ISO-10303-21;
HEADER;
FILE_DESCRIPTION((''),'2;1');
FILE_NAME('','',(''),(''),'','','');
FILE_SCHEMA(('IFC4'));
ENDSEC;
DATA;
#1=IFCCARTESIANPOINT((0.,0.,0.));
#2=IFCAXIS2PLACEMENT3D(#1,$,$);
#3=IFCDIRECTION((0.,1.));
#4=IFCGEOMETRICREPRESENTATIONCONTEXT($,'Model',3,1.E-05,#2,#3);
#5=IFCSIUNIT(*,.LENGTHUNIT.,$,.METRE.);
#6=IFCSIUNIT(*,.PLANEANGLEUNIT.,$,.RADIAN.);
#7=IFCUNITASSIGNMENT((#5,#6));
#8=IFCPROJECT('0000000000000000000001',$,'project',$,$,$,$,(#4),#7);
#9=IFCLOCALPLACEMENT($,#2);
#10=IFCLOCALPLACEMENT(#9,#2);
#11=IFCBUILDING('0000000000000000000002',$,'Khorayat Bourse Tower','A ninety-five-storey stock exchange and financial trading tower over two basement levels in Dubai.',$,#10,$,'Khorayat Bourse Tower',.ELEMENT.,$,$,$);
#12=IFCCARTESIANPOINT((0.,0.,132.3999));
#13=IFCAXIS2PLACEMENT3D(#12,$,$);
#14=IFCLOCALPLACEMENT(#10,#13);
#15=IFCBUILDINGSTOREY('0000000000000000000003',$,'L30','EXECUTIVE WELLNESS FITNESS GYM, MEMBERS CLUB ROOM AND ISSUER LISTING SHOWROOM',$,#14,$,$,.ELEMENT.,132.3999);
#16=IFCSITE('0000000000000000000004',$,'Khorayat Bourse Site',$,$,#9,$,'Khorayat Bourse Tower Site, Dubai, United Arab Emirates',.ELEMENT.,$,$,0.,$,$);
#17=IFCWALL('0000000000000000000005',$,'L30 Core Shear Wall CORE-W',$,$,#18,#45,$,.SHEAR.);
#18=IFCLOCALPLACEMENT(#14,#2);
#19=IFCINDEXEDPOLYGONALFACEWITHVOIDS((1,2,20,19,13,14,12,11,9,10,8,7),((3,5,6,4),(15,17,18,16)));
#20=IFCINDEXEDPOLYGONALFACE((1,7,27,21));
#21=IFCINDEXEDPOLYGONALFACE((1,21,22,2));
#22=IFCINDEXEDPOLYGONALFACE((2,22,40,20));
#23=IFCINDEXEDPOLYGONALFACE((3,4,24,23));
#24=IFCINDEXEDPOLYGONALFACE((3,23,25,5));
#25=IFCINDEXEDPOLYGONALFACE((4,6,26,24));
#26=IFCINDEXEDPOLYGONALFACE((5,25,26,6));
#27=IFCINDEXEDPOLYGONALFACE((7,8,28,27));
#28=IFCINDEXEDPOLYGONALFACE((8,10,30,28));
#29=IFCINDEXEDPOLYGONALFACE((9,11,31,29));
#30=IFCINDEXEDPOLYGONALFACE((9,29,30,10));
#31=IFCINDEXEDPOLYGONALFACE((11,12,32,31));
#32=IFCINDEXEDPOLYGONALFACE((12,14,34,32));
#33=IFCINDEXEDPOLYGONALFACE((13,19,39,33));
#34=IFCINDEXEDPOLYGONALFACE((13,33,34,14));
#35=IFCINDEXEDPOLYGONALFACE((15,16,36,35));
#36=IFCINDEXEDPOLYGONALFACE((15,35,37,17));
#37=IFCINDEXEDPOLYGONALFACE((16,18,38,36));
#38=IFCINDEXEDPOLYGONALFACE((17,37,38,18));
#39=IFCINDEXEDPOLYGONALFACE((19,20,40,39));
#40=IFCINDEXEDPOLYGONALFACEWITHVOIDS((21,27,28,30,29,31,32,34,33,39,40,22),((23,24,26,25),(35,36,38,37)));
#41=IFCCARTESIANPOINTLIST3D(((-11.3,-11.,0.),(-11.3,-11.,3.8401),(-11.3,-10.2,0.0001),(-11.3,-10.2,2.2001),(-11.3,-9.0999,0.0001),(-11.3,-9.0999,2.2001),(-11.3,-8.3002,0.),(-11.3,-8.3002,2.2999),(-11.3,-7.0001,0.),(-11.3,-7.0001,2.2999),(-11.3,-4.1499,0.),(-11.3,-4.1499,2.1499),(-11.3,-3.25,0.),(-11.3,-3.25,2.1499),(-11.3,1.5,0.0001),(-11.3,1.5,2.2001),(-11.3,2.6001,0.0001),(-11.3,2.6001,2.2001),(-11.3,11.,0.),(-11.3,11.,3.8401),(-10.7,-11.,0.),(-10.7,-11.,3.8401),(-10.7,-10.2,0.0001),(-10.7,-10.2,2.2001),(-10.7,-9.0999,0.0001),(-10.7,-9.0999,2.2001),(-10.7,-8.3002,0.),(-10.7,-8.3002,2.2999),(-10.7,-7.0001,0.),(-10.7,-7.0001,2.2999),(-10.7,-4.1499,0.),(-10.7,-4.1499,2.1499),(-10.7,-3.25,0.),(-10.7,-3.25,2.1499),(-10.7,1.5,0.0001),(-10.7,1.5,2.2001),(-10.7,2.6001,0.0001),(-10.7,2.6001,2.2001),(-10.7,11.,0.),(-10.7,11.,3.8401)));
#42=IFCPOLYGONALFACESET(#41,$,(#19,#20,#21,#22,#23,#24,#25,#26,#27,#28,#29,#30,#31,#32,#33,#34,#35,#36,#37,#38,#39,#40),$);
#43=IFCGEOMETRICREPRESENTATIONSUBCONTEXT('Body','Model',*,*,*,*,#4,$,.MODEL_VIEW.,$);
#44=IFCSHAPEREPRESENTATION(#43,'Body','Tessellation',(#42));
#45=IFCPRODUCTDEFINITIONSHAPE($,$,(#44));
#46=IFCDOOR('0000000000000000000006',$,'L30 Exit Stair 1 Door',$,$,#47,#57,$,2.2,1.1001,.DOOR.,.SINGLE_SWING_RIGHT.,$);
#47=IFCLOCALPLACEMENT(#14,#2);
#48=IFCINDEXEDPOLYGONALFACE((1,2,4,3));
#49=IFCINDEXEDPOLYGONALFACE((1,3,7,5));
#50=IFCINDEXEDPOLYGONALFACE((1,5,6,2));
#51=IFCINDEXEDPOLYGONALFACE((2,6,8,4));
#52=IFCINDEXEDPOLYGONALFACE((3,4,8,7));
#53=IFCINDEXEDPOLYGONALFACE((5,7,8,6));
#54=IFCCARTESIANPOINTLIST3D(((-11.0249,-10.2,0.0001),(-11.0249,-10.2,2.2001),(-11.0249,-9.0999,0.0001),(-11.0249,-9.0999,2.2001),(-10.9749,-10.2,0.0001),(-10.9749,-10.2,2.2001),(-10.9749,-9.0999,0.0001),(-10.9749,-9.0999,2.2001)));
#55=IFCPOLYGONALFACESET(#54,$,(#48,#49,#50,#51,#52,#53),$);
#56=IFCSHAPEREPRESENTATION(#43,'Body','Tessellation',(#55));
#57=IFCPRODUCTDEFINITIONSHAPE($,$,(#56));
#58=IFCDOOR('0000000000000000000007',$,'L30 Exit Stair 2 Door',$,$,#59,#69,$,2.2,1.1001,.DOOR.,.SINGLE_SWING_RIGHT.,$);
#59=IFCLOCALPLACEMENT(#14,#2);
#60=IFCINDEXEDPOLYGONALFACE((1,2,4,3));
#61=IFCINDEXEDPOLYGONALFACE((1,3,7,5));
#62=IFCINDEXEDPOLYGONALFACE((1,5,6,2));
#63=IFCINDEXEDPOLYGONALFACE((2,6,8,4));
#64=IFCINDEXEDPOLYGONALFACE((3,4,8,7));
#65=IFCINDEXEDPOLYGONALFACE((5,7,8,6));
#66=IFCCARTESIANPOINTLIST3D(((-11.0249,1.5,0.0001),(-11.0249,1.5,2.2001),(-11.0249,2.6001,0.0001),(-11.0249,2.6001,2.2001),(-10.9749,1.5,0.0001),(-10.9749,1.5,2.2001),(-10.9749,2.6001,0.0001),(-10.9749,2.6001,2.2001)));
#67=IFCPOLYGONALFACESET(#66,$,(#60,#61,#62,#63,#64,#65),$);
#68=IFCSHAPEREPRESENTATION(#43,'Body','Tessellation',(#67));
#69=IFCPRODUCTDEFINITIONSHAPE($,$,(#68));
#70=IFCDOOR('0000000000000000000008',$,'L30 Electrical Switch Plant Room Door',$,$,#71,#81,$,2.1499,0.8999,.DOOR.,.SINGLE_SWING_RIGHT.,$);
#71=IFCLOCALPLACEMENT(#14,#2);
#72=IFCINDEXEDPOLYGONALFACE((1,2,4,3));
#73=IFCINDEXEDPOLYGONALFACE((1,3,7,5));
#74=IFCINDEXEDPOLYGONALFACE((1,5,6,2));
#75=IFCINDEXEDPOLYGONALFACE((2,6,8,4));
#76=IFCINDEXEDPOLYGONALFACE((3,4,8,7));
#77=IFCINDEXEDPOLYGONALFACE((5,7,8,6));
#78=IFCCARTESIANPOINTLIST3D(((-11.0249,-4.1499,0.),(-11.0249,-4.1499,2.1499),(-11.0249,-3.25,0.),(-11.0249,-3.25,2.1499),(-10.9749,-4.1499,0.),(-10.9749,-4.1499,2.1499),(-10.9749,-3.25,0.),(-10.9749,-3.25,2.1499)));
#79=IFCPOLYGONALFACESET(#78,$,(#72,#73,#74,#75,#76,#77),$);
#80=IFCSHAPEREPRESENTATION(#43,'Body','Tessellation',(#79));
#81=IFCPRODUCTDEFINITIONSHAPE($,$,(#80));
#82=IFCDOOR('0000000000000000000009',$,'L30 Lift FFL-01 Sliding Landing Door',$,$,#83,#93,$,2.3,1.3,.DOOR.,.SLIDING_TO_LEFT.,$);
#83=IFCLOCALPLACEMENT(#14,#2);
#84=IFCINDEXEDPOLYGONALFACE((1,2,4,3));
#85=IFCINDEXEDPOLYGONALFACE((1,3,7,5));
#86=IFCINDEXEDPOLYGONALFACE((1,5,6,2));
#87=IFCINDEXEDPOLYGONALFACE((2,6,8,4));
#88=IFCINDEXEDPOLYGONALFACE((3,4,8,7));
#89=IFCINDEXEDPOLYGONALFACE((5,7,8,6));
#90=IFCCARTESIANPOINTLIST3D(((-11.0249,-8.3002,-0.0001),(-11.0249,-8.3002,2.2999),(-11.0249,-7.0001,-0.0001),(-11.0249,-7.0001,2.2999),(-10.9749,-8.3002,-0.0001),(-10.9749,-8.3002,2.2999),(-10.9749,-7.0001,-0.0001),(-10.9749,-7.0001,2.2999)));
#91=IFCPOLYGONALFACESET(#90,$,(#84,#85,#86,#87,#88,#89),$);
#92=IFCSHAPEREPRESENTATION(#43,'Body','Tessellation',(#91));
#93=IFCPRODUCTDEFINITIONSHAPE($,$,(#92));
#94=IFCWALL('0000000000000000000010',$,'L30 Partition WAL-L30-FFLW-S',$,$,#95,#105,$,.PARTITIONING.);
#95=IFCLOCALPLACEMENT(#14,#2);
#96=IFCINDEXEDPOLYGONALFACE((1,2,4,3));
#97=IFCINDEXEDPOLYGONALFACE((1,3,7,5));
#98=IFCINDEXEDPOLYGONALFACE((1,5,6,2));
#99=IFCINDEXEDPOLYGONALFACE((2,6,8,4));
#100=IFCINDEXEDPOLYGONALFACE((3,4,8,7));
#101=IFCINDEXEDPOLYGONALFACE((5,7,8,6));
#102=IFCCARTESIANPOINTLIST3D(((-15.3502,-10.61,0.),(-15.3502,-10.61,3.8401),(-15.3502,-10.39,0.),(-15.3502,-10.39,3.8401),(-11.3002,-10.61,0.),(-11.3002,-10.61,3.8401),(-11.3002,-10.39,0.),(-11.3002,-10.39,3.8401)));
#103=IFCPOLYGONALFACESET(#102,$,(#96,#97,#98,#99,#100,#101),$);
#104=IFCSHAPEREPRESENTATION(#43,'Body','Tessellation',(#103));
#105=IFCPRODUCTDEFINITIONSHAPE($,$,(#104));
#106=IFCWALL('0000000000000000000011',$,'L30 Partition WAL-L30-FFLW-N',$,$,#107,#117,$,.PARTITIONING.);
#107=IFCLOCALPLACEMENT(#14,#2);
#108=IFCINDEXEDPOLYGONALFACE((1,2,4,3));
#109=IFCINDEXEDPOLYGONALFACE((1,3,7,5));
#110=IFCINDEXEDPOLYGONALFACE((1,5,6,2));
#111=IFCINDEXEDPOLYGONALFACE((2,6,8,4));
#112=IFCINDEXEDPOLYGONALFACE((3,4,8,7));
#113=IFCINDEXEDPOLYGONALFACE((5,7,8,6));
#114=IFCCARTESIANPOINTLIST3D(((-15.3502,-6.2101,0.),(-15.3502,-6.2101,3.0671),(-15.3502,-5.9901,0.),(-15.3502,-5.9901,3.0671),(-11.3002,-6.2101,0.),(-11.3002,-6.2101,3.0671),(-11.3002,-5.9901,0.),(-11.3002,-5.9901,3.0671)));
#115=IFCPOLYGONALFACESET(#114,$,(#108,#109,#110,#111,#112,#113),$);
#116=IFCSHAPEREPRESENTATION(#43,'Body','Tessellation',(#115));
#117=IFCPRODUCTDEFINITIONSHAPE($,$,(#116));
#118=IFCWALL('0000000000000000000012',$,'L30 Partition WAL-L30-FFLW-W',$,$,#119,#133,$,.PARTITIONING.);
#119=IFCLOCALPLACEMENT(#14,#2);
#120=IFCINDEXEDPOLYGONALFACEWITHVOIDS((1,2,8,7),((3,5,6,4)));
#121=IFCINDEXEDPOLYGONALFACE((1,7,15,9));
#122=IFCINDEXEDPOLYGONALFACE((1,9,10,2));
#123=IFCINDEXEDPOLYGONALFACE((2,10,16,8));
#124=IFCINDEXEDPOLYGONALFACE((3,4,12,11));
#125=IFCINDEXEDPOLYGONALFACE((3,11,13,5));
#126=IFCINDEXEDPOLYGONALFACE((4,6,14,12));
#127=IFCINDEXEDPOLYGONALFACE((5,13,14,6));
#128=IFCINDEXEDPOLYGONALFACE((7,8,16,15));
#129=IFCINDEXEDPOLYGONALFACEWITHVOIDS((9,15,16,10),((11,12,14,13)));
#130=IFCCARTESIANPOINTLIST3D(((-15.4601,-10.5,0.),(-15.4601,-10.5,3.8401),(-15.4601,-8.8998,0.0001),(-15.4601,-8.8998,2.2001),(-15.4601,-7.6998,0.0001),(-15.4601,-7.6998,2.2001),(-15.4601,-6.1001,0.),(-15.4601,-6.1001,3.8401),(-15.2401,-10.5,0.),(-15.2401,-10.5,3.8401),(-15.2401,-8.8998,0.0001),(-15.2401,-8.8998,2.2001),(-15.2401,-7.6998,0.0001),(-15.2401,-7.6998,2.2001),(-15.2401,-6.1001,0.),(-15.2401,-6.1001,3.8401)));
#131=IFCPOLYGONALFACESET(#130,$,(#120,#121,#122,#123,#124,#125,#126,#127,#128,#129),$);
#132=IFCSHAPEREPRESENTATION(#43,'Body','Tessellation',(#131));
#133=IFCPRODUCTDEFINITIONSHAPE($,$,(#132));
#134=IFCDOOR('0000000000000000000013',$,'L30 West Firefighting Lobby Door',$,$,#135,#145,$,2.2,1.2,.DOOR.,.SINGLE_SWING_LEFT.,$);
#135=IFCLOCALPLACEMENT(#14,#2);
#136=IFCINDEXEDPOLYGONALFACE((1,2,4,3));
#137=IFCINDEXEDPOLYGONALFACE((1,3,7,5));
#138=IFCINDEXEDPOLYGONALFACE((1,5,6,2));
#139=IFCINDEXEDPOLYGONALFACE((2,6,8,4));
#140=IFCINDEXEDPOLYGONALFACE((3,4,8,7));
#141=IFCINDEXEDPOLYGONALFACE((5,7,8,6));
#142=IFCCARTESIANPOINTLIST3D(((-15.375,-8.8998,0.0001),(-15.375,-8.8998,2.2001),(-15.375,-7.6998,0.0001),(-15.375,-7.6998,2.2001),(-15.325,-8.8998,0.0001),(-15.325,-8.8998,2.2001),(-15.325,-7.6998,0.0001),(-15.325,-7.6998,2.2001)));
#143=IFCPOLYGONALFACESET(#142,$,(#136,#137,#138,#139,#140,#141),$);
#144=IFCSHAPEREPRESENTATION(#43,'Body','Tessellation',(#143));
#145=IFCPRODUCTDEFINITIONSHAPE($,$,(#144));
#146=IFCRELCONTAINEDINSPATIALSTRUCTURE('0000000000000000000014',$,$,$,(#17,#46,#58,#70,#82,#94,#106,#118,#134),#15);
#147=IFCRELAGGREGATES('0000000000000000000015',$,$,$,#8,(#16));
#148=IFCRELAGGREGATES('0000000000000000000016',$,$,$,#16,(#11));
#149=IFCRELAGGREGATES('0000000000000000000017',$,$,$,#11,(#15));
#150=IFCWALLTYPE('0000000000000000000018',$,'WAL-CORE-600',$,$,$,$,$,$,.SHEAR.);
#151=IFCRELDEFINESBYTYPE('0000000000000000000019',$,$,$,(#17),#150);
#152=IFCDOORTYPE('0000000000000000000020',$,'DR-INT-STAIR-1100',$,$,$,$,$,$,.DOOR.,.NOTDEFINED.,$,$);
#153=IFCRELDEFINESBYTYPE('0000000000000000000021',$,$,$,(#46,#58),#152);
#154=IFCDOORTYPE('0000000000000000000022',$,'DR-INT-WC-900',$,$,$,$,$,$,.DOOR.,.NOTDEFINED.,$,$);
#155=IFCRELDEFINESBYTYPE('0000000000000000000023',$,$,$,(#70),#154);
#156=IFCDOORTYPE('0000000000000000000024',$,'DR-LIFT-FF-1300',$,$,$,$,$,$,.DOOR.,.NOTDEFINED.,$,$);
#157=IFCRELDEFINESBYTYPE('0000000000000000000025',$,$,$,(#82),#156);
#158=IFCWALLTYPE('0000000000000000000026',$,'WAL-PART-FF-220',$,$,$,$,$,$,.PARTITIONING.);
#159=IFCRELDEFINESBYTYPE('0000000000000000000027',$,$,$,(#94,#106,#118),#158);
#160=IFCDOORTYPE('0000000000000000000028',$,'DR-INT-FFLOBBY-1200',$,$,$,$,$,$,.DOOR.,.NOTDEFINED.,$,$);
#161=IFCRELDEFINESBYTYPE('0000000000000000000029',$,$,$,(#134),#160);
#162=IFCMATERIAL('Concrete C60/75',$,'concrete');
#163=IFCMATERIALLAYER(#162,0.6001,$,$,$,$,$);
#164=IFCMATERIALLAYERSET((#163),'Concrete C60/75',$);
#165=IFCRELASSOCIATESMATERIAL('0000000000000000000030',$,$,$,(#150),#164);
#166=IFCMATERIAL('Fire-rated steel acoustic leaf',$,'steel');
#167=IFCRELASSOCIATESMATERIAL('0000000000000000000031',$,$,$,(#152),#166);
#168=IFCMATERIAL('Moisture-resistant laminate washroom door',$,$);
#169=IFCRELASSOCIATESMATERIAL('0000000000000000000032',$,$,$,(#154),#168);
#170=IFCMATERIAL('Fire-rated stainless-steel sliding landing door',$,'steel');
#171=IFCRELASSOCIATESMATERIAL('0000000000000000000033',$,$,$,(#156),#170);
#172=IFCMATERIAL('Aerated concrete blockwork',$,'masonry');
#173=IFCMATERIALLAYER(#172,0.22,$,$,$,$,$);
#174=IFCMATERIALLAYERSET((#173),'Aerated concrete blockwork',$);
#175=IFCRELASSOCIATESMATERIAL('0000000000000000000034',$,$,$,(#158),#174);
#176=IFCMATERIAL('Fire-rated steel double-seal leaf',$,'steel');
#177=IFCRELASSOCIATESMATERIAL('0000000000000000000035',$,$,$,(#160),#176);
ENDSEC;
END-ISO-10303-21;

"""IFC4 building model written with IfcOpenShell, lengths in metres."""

from ifc_helpers import new_model, si_unit, direction, frame, frame_2d, origin, place, context, subcontext, project, spatial, rectangle, extrude, source, transform, mapped, material, layer, layer_set, type_object, element, fill, save


model = new_model("IFC4")

# Units and contexts
model_context = context("Model", 3, precision=1e-05, world=origin(), true_north=direction((0.0, 1.0)))
body_context = subcontext(model_context, "Body", "Model", "MODEL_VIEW")
ifc_project = project(units=[si_unit("LENGTHUNIT", "METRE"), si_unit("PLANEANGLEUNIT", "RADIAN")], contexts=[model_context])

# Site, building, storey
site_placement = place(None, origin())
site = spatial("IfcSite", under=ifc_project, at=site_placement, Name="Khorayat Bourse Site", LongName="Khorayat Bourse Tower Site, Dubai, United Arab Emirates", CompositionType="ELEMENT", RefElevation=0.0)
building_placement = place(site_placement, origin())
building = spatial("IfcBuilding", under=site, at=building_placement, Name="Khorayat Bourse Tower", Description="A ninety-five-storey stock exchange and financial trading tower over two basement levels in Dubai.", LongName="Khorayat Bourse Tower", CompositionType="ELEMENT")
storey_placement = place(building_placement, frame((0.0, 0.0, 132.3999)))
storey = spatial("IfcBuildingStorey", under=building, at=storey_placement, Name="L30", Description="EXECUTIVE WELLNESS FITNESS GYM, MEMBERS CLUB ROOM AND ISSUER LISTING SHOWROOM", CompositionType="ELEMENT", Elevation=132.3999)

# Wall, openings, doors
ifc_material_1 = material(Name="Concrete C60/75", Category="concrete")
ifc_layer_1 = layer(ifc_material_1, 0.6001)
ifc_layer_set_1 = layer_set([ifc_layer_1], Name="Concrete C60/75")
wall_type_1 = type_object("IfcWallType", Name="WAL-CORE-600", PredefinedType="SHEAR", material=ifc_layer_set_1)
shared_shape_1 = source(origin(), body_context, "Body", "SweptSolid", [
    extrude(rectangle(XDim=22.0, YDim=0.6001, at=frame_2d((11.0, 0.0))), origin(), (0.0, 0.0, 1.0), 3.8401),
])
wall_1_placement = place(storey_placement, frame((-11.0, -11.0, 0.0), z_axis=(0.0, 0.0, 1.0), x_axis=(0.0, 1.0, 0.0)))
wall_1 = element("IfcWall", 1, at=wall_1_placement, inside=storey, type_object=wall_type_1, Name="L30 Core Shear Wall CORE-W", PredefinedType="SHEAR", context=body_context, shape_type="MappedRepresentation", body=[
    mapped(shared_shape_1, transform((0.0, 0.0, 0.0), scale=1.0)),
])
shared_shape_2 = source(origin(), body_context, "Body", "SweptSolid", [
    extrude(rectangle(XDim=1.1001, YDim=2.2, at=frame_2d((0.55, 1.1001))), frame((0.0, 0.3101, 0.0), z_axis=(0.0, -1.0, 0.0), x_axis=(1.0, 0.0, 0.0)), (0.0, 0.0, 1.0), 0.6201),
])
opening_1_placement = place(wall_1_placement, frame((0.8, 0.0, 0.0)))
opening_1 = element("IfcOpeningElement", 2, at=opening_1_placement, cuts=wall_1, PredefinedType="OPENING", context=body_context, shape_type="MappedRepresentation", body=[
    mapped(shared_shape_2, transform((0.0, 0.0, 0.0), scale=1.0)),
])
opening_2_placement = place(wall_1_placement, frame((12.5, 0.0, 0.0)))
opening_2 = element("IfcOpeningElement", 3, at=opening_2_placement, cuts=wall_1, PredefinedType="OPENING", context=body_context, shape_type="MappedRepresentation", body=[
    mapped(shared_shape_2, transform((0.0, 0.0, 0.0), scale=1.0)),
])
shared_shape_3 = source(origin(), body_context, "Body", "SweptSolid", [
    extrude(rectangle(XDim=0.8999, YDim=2.1499, at=frame_2d((0.45, 1.075))), frame((0.0, 0.3101, 0.0), z_axis=(0.0, -1.0, 0.0), x_axis=(1.0, 0.0, 0.0)), (0.0, 0.0, 1.0), 0.6201),
])
opening_3_placement = place(wall_1_placement, frame((6.8501, 0.0, 0.0)))
opening_3 = element("IfcOpeningElement", 4, at=opening_3_placement, cuts=wall_1, PredefinedType="OPENING", context=body_context, shape_type="MappedRepresentation", body=[
    mapped(shared_shape_3, transform((0.0, 0.0, 0.0), scale=1.0)),
])
shared_shape_4 = source(origin(), body_context, "Body", "SweptSolid", [
    extrude(rectangle(XDim=1.3, YDim=2.3, at=frame_2d((0.6499, 1.1499))), frame((0.0, 0.3101, 0.0), z_axis=(0.0, -1.0, 0.0), x_axis=(1.0, 0.0, 0.0)), (0.0, 0.0, 1.0), 0.6201),
])
opening_4_placement = place(wall_1_placement, frame((2.7, 0.0, 0.0)))
opening_4 = element("IfcOpeningElement", 5, at=opening_4_placement, cuts=wall_1, PredefinedType="OPENING", context=body_context, shape_type="MappedRepresentation", body=[
    mapped(shared_shape_4, transform((0.0, 0.0, 0.0), scale=1.0)),
])
ifc_material_2 = material(Name="Fire-rated steel acoustic leaf", Category="steel")
door_type_1 = type_object("IfcDoorType", Name="DR-INT-STAIR-1100", OperationType="NOTDEFINED", PredefinedType="DOOR", material=ifc_material_2)
shared_shape_5 = source(origin(), body_context, "Body", "SweptSolid", [
    extrude(rectangle(XDim=1.1001, YDim=2.2, at=frame_2d((0.55, 1.1001))), frame((0.0, 0.0249, 0.0), z_axis=(0.0, -1.0, 0.0), x_axis=(1.0, 0.0, 0.0)), (0.0, 0.0, 1.0), 0.05),
])
door_1_placement = place(opening_1_placement, origin())
door_1 = element("IfcDoor", 6, at=door_1_placement, inside=storey, type_object=door_type_1, Name="L30 Exit Stair 1 Door", OperationType="SINGLE_SWING_RIGHT", OverallHeight=2.2, OverallWidth=1.1001, PredefinedType="DOOR", context=body_context, shape_type="MappedRepresentation", body=[
    mapped(shared_shape_5, transform((0.0, 0.0, 0.0), scale=1.0)),
])
fill(opening_1, door_1)
door_2_placement = place(opening_2_placement, origin())
door_2 = element("IfcDoor", 7, at=door_2_placement, inside=storey, type_object=door_type_1, Name="L30 Exit Stair 2 Door", OperationType="SINGLE_SWING_RIGHT", OverallHeight=2.2, OverallWidth=1.1001, PredefinedType="DOOR", context=body_context, shape_type="MappedRepresentation", body=[
    mapped(shared_shape_5, transform((0.0, 0.0, 0.0), scale=1.0)),
])
fill(opening_2, door_2)
ifc_material_3 = material(Name="Moisture-resistant laminate washroom door")
door_type_2 = type_object("IfcDoorType", Name="DR-INT-WC-900", OperationType="NOTDEFINED", PredefinedType="DOOR", material=ifc_material_3)
shared_shape_6 = source(origin(), body_context, "Body", "SweptSolid", [
    extrude(rectangle(XDim=0.8999, YDim=2.1499, at=frame_2d((0.45, 1.075))), frame((0.0, 0.0249, 0.0), z_axis=(0.0, -1.0, 0.0), x_axis=(1.0, 0.0, 0.0)), (0.0, 0.0, 1.0), 0.05),
])
door_3_placement = place(opening_3_placement, origin())
door_3 = element("IfcDoor", 8, at=door_3_placement, inside=storey, type_object=door_type_2, Name="L30 Electrical Switch Plant Room Door", OperationType="SINGLE_SWING_RIGHT", OverallHeight=2.1499, OverallWidth=0.8999, PredefinedType="DOOR", context=body_context, shape_type="MappedRepresentation", body=[
    mapped(shared_shape_6, transform((0.0, 0.0, 0.0), scale=1.0)),
])
fill(opening_3, door_3)
ifc_material_4 = material(Name="Fire-rated stainless-steel sliding landing door", Category="steel")
door_type_3 = type_object("IfcDoorType", Name="DR-LIFT-FF-1300", OperationType="NOTDEFINED", PredefinedType="DOOR", material=ifc_material_4)
shared_shape_7 = source(origin(), body_context, "Body", "SweptSolid", [
    extrude(rectangle(XDim=1.3, YDim=2.3, at=frame_2d((0.6499, 1.1499))), frame((0.0, 0.0249, 0.0), z_axis=(0.0, -1.0, 0.0), x_axis=(1.0, 0.0, 0.0)), (0.0, 0.0, 1.0), 0.05),
])
door_4_placement = place(opening_4_placement, origin())
door_4 = element("IfcDoor", 9, at=door_4_placement, inside=storey, type_object=door_type_3, Name="L30 Lift FFL-01 Sliding Landing Door", OperationType="SLIDING_TO_LEFT", OverallHeight=2.3, OverallWidth=1.3, PredefinedType="DOOR", context=body_context, shape_type="MappedRepresentation", body=[
    mapped(shared_shape_7, transform((0.0, 0.0, 0.0), scale=1.0)),
])
fill(opening_4, door_4)

# Walls
ifc_material_5 = material(Name="Aerated concrete blockwork", Category="masonry")
ifc_layer_2 = layer(ifc_material_5, 0.22)
ifc_layer_set_2 = layer_set([ifc_layer_2], Name="Aerated concrete blockwork")
wall_type_2 = type_object("IfcWallType", Name="WAL-PART-FF-220", PredefinedType="PARTITIONING", material=ifc_layer_set_2)
shared_shape_8 = source(origin(), body_context, "Body", "SweptSolid", [
    extrude(rectangle(XDim=4.05, YDim=0.22, at=frame_2d((2.0249, 0.0))), origin(), (0.0, 0.0, 1.0), 3.8401),
])
wall_2_placement = place(storey_placement, frame((-15.3501, -10.5, 0.0), z_axis=(0.0, 0.0, 1.0), x_axis=(1.0, 0.0, 0.0)))
element("IfcWall", 10, at=wall_2_placement, inside=storey, type_object=wall_type_2, Name="L30 Partition WAL-L30-FFLW-S", PredefinedType="PARTITIONING", context=body_context, shape_type="MappedRepresentation", body=[
    mapped(shared_shape_8, transform((0.0, 0.0, 0.0), scale=1.0)),
])
shared_shape_9 = source(origin(), body_context, "Body", "SweptSolid", [
    extrude(rectangle(XDim=4.05, YDim=0.22, at=frame_2d((2.0249, 0.0))), origin(), (0.0, 0.0, 1.0), 3.0671),
])
wall_3_placement = place(storey_placement, frame((-15.3501, -6.1001, 0.0), z_axis=(0.0, 0.0, 1.0), x_axis=(1.0, 0.0, 0.0)))
element("IfcWall", 11, at=wall_3_placement, inside=storey, type_object=wall_type_2, Name="L30 Partition WAL-L30-FFLW-N", PredefinedType="PARTITIONING", context=body_context, shape_type="MappedRepresentation", body=[
    mapped(shared_shape_9, transform((0.0, 0.0, 0.0), scale=1.0)),
])

# Wall, opening, door
shared_shape_10 = source(origin(), body_context, "Body", "SweptSolid", [
    extrude(rectangle(XDim=4.3999, YDim=0.22, at=frame_2d((2.2, 0.0))), origin(), (0.0, 0.0, 1.0), 3.8401),
])
wall_4_placement = place(storey_placement, frame((-15.3501, -10.5, 0.0), z_axis=(0.0, 0.0, 1.0), x_axis=(0.0, 1.0, 0.0)))
wall_4 = element("IfcWall", 12, at=wall_4_placement, inside=storey, type_object=wall_type_2, Name="L30 Partition WAL-L30-FFLW-W", PredefinedType="PARTITIONING", context=body_context, shape_type="MappedRepresentation", body=[
    mapped(shared_shape_10, transform((0.0, 0.0, 0.0), scale=1.0)),
])
shared_shape_11 = source(origin(), body_context, "Body", "SweptSolid", [
    extrude(rectangle(XDim=1.2, YDim=2.2, at=frame_2d((0.6001, 1.1001))), frame((0.0, 0.1199, 0.0), z_axis=(0.0, -1.0, 0.0), x_axis=(1.0, 0.0, 0.0)), (0.0, 0.0, 1.0), 0.24),
])
opening_5_placement = place(wall_4_placement, frame((1.6001, 0.0, 0.0)))
opening_5 = element("IfcOpeningElement", 13, at=opening_5_placement, cuts=wall_4, PredefinedType="OPENING", context=body_context, shape_type="MappedRepresentation", body=[
    mapped(shared_shape_11, transform((0.0, 0.0, 0.0), scale=1.0)),
])
ifc_material_6 = material(Name="Fire-rated steel double-seal leaf", Category="steel")
door_type_4 = type_object("IfcDoorType", Name="DR-INT-FFLOBBY-1200", OperationType="NOTDEFINED", PredefinedType="DOOR", material=ifc_material_6)
shared_shape_12 = source(origin(), body_context, "Body", "SweptSolid", [
    extrude(rectangle(XDim=1.2, YDim=2.2, at=frame_2d((0.6001, 1.1001))), frame((0.0, 0.0249, 0.0), z_axis=(0.0, -1.0, 0.0), x_axis=(1.0, 0.0, 0.0)), (0.0, 0.0, 1.0), 0.05),
])
door_5_placement = place(opening_5_placement, origin())
door_5 = element("IfcDoor", 14, at=door_5_placement, inside=storey, type_object=door_type_4, Name="L30 West Firefighting Lobby Door", OperationType="SINGLE_SWING_LEFT", OverallHeight=2.2, OverallWidth=1.2, PredefinedType="DOOR", context=body_context, shape_type="MappedRepresentation", body=[
    mapped(shared_shape_12, transform((0.0, 0.0, 0.0), scale=1.0)),
])
fill(opening_5, door_5)

save(model, "model.ifc")
